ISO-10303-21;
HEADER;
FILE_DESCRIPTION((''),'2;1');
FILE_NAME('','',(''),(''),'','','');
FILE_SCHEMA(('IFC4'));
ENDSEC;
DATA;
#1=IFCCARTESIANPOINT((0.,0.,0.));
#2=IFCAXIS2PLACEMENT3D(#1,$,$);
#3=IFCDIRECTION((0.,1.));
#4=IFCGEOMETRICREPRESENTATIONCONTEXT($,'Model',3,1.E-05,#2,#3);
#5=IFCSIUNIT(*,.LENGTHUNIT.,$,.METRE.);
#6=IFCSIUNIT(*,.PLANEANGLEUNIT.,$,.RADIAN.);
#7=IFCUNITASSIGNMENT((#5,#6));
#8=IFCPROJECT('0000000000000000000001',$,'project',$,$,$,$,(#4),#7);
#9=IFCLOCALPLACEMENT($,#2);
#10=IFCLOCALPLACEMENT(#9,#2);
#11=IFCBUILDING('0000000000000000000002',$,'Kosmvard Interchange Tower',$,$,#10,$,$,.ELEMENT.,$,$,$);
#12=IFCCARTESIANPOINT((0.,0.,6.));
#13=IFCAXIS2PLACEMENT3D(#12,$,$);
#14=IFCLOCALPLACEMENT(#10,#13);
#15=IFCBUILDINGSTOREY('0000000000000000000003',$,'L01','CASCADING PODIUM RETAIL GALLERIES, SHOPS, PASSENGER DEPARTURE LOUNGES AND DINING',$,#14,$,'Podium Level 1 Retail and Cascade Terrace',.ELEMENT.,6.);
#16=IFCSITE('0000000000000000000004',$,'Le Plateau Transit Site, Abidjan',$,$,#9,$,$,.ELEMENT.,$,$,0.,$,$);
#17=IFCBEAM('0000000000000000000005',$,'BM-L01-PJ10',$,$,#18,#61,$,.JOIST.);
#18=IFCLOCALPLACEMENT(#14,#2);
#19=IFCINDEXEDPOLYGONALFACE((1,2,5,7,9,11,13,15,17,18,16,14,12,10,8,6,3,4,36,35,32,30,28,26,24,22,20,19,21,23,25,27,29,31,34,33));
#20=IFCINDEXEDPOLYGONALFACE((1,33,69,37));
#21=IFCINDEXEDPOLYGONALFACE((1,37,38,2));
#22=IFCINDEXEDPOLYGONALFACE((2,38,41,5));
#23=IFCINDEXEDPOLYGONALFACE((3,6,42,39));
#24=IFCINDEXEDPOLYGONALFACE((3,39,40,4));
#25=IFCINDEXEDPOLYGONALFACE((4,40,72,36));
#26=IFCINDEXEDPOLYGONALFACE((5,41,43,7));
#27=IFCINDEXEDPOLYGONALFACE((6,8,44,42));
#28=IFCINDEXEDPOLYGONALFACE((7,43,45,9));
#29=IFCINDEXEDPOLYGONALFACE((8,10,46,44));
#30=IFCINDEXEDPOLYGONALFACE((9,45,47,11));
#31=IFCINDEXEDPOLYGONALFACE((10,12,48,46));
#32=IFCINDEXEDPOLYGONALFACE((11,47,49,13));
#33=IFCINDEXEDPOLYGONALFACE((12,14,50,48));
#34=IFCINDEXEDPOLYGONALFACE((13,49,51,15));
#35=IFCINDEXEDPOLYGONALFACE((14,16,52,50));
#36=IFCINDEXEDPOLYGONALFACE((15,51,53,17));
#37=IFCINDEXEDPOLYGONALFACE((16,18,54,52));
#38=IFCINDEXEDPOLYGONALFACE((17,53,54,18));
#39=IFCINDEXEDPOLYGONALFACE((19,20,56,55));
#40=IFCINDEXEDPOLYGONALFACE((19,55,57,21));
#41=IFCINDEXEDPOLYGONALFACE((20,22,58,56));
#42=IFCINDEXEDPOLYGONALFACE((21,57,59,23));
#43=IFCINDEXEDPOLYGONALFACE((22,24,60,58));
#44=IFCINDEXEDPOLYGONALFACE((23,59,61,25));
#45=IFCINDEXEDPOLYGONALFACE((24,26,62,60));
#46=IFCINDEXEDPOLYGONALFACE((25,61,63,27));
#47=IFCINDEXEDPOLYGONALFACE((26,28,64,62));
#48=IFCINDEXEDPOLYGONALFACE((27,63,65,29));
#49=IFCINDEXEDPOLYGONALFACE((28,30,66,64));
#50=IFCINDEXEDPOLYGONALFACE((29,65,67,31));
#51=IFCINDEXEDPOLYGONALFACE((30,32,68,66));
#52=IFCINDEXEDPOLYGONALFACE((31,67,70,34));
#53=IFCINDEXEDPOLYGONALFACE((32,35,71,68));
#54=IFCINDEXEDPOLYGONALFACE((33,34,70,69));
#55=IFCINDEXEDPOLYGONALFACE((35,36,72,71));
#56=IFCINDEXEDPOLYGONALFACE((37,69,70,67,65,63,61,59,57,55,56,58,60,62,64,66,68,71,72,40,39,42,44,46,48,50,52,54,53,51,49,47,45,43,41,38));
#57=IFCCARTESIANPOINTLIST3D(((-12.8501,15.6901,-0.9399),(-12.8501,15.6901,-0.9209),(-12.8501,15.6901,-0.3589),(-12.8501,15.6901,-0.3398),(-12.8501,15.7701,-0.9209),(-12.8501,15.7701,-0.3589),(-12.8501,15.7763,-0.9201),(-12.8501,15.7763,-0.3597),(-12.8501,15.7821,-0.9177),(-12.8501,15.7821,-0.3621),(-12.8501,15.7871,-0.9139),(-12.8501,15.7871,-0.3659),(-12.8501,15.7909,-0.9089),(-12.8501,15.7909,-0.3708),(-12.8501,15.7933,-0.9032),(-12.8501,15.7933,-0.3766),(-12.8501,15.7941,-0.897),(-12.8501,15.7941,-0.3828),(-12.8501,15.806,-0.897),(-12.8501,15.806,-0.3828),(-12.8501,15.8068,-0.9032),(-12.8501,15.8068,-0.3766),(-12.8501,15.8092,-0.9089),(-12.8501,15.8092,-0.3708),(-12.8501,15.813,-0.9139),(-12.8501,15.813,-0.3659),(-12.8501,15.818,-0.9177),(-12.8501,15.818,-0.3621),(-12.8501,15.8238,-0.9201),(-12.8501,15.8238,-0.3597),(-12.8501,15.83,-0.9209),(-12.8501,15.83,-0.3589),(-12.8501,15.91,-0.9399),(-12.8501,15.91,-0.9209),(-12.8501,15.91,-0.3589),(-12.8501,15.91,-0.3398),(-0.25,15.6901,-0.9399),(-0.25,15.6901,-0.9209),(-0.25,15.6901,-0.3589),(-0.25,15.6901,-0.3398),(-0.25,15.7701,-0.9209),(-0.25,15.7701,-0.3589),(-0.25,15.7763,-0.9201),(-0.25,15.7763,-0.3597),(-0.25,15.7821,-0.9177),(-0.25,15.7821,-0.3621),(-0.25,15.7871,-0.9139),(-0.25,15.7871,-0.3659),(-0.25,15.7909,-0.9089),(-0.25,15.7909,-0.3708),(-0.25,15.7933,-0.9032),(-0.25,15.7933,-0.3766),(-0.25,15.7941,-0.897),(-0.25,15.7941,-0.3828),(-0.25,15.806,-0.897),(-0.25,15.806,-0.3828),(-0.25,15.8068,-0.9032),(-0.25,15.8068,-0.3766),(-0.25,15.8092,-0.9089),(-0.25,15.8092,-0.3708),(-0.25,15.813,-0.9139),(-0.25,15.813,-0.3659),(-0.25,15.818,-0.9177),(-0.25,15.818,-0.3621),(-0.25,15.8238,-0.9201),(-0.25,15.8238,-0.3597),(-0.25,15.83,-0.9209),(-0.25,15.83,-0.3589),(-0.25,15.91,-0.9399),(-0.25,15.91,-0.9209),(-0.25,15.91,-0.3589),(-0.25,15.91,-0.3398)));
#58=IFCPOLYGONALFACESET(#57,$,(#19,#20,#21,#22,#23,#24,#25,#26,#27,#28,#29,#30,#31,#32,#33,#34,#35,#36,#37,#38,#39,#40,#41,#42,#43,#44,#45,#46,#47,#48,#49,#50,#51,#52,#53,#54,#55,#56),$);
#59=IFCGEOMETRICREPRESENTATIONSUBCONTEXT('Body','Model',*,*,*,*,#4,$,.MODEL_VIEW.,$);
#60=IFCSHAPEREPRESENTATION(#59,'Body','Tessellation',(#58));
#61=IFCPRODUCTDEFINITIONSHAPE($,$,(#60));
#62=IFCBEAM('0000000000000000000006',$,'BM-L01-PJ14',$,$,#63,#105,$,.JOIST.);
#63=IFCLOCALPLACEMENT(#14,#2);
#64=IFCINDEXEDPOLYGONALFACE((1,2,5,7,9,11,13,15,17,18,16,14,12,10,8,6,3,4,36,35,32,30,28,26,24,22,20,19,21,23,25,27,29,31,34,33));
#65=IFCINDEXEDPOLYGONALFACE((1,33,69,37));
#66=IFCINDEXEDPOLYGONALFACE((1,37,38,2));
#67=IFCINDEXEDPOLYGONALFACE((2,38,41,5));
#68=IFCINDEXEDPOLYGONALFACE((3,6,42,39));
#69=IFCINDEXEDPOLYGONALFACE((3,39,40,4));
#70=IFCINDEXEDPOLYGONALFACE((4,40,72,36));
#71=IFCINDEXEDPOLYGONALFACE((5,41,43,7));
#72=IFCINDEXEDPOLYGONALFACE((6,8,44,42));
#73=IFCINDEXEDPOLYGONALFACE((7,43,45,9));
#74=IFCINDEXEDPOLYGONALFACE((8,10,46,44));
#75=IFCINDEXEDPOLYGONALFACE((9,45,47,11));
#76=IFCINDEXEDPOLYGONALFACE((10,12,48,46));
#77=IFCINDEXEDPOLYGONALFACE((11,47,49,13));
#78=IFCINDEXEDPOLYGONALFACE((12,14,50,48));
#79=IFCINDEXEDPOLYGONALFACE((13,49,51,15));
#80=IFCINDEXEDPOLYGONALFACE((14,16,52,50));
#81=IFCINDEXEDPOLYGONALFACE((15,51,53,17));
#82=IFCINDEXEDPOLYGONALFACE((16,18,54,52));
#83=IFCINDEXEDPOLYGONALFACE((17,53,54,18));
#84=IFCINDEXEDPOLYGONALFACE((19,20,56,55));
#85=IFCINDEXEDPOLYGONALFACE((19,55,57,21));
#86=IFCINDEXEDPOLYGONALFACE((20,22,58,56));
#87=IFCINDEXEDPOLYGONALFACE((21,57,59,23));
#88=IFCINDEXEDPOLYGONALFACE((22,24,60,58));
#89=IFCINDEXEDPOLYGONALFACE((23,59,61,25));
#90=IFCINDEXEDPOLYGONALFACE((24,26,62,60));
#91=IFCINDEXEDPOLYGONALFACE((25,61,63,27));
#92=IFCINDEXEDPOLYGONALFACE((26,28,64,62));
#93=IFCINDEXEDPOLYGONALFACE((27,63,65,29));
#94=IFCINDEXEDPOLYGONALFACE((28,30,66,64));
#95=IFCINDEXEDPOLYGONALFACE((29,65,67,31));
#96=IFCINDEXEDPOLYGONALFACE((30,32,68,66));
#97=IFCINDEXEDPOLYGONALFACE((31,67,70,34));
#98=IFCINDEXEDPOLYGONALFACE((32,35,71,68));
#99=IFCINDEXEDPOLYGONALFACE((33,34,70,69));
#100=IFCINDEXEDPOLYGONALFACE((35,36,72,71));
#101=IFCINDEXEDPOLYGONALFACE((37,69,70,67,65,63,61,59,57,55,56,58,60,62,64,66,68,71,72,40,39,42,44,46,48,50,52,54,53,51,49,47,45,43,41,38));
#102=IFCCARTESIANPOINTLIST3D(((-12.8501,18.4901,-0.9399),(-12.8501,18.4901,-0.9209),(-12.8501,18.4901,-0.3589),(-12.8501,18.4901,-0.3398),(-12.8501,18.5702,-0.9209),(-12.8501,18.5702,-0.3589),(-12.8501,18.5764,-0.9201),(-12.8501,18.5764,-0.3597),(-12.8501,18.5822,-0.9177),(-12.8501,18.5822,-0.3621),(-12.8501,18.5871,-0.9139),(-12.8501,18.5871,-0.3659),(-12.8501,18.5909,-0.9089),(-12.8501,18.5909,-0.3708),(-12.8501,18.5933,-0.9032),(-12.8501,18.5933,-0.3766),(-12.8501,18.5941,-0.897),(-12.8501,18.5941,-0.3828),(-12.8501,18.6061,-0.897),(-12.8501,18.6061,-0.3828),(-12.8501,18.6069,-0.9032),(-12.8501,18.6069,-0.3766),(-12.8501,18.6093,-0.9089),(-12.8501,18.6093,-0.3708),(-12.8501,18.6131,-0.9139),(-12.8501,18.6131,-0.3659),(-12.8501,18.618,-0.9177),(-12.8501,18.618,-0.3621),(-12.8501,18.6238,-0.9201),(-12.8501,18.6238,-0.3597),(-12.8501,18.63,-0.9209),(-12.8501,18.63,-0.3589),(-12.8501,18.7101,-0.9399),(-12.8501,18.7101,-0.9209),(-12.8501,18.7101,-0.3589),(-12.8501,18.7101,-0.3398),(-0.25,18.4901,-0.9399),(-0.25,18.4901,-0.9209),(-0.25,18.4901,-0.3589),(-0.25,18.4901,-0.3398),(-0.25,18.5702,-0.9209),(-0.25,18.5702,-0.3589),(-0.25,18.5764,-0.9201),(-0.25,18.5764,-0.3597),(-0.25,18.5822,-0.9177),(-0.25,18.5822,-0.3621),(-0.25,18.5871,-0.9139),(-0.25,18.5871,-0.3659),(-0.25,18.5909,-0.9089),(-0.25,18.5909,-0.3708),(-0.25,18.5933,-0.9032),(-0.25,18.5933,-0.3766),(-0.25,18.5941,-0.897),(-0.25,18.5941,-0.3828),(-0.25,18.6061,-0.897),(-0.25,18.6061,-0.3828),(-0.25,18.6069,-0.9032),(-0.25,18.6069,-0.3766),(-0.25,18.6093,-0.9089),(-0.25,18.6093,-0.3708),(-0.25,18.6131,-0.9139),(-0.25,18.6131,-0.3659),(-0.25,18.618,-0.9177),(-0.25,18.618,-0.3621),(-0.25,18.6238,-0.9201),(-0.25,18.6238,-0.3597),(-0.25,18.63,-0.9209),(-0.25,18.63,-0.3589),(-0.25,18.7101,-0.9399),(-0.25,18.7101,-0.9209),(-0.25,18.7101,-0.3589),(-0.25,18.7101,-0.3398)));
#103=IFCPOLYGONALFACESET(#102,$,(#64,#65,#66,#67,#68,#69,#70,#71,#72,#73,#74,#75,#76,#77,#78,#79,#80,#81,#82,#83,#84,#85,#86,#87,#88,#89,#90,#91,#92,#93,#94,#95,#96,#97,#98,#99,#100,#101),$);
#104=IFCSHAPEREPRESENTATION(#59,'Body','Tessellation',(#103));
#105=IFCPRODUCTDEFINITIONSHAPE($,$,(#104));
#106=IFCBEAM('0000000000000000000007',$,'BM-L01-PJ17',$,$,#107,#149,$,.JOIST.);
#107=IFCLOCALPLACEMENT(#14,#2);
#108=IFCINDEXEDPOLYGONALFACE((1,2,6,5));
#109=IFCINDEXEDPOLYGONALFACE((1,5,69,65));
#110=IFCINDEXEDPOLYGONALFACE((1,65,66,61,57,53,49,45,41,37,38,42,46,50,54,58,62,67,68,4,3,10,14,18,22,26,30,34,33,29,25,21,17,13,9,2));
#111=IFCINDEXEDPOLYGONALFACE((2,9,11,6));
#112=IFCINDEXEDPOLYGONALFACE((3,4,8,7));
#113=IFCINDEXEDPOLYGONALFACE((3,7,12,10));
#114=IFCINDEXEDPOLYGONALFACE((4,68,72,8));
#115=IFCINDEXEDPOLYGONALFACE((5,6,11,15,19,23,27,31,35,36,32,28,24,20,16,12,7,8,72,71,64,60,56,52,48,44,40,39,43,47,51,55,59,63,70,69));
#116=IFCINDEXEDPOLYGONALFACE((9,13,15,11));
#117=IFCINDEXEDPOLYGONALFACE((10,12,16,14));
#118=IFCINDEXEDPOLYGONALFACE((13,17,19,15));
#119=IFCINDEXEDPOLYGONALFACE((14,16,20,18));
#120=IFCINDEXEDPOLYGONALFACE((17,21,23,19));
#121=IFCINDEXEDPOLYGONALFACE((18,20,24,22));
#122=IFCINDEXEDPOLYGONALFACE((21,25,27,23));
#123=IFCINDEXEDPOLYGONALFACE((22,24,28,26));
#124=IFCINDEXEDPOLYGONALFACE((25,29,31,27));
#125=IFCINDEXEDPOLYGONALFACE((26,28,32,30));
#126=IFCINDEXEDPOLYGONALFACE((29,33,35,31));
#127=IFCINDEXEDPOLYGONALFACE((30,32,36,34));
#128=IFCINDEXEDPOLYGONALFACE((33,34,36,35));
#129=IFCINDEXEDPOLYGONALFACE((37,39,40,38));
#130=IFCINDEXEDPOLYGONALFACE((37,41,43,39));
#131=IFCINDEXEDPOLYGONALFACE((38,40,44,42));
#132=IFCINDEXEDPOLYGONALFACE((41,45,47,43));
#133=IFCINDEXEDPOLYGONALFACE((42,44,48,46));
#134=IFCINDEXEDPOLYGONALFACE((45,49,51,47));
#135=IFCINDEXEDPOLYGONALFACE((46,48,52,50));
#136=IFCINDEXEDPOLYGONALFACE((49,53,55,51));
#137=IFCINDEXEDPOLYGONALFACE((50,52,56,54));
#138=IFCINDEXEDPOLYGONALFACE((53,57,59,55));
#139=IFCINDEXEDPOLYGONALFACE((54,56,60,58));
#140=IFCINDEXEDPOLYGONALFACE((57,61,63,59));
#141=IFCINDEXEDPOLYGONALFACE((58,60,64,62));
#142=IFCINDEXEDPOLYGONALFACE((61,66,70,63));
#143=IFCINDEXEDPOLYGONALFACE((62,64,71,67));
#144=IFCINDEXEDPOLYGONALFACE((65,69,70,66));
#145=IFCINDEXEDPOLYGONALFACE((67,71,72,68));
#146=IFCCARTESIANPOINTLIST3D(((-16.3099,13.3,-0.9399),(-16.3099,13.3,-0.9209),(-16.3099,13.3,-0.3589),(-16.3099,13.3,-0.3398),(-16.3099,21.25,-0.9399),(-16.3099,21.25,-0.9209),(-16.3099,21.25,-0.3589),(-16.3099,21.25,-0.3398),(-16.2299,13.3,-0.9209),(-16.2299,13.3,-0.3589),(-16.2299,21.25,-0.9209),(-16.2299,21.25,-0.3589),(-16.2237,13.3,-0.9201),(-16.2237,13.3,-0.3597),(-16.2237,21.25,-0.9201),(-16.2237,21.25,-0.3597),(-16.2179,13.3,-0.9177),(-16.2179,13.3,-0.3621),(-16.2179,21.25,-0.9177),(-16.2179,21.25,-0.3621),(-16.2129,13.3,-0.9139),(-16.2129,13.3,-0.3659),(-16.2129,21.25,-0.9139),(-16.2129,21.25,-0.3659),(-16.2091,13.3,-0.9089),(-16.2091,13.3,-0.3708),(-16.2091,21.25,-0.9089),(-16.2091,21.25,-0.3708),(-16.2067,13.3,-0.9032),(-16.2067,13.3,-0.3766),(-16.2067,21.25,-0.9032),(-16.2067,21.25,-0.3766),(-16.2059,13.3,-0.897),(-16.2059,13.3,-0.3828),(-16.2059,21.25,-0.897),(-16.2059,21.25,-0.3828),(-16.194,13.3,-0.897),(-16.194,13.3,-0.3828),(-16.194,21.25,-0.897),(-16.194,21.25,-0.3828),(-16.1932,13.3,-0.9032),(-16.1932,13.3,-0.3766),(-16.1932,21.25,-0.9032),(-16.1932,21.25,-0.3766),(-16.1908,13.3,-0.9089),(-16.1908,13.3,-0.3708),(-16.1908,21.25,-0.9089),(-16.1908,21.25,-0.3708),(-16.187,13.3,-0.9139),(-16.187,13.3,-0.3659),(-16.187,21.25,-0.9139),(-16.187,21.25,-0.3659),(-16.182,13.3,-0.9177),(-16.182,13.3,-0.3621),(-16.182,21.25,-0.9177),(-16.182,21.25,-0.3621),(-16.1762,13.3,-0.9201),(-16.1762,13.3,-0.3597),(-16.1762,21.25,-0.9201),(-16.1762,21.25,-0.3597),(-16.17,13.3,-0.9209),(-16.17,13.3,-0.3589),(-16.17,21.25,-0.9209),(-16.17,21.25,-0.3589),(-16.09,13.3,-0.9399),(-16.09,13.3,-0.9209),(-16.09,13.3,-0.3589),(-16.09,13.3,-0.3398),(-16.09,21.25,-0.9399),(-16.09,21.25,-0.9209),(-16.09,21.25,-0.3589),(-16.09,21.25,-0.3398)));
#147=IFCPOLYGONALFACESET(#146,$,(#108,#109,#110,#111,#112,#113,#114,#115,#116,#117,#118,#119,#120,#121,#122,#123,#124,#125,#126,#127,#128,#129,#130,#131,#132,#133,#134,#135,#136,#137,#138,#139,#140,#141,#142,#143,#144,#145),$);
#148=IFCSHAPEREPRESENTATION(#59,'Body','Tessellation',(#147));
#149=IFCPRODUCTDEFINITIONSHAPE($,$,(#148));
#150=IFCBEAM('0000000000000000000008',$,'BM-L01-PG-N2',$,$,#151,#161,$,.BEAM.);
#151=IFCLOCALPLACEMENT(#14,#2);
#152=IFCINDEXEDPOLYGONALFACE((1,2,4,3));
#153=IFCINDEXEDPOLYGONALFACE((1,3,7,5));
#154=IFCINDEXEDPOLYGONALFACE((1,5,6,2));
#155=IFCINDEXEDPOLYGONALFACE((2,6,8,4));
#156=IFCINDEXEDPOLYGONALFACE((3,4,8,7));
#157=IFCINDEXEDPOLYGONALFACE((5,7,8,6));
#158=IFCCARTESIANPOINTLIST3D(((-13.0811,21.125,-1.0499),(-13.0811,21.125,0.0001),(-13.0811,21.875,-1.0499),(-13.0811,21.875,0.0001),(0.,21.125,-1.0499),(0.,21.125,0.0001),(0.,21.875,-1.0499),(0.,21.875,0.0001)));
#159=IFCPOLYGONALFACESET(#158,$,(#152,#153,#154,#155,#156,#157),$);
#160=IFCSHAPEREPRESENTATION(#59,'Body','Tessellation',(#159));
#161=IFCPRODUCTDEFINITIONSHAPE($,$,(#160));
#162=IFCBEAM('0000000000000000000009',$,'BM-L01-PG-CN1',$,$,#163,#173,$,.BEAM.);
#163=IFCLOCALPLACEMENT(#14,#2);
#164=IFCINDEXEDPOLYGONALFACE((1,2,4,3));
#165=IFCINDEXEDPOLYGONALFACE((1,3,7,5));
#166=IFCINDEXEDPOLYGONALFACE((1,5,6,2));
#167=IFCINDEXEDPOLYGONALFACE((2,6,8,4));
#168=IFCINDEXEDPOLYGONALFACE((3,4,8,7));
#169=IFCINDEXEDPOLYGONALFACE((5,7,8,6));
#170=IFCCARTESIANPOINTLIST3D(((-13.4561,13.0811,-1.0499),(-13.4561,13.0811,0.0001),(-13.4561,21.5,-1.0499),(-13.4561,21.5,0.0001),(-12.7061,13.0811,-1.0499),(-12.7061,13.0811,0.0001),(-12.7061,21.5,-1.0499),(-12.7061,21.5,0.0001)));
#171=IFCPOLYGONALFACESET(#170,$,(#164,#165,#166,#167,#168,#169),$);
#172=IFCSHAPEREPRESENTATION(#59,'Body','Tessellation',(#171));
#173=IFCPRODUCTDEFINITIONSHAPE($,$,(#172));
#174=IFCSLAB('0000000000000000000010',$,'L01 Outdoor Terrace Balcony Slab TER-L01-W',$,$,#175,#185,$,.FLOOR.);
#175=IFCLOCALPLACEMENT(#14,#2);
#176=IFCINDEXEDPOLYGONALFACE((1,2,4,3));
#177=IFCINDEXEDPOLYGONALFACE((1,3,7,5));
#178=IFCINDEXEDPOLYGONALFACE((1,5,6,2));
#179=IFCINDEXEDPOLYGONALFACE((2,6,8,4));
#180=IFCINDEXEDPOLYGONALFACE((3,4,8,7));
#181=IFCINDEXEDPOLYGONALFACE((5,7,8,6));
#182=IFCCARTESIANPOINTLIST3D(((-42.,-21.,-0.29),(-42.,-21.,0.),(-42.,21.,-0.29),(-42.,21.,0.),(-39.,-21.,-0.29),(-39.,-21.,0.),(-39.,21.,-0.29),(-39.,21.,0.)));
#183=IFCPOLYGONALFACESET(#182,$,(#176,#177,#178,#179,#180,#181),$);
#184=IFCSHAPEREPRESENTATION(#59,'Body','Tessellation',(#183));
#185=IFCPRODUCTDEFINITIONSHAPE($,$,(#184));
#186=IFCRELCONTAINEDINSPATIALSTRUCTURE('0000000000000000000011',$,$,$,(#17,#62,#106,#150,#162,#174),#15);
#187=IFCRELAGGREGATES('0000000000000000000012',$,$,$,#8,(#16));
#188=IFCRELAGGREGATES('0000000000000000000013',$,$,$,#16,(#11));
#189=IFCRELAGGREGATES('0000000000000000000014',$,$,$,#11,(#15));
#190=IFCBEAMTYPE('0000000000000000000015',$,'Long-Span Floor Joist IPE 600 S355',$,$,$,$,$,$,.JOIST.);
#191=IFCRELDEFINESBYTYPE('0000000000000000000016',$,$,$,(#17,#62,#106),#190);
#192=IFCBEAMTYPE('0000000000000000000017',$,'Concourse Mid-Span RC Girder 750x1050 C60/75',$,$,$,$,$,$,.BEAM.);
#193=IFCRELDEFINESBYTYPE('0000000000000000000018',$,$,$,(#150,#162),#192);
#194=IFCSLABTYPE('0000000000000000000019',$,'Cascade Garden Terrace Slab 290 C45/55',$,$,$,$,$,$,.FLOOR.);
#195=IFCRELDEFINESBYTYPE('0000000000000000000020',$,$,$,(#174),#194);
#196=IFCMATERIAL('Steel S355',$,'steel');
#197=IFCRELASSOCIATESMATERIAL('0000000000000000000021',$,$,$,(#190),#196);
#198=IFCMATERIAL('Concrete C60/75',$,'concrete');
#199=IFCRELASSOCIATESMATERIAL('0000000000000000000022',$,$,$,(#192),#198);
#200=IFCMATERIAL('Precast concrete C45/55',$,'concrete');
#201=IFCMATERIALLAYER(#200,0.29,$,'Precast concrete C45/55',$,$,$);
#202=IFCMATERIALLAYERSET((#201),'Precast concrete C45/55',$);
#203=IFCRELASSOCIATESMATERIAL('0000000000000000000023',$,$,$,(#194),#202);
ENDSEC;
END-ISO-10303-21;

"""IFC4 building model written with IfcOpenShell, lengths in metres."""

from ifc_helpers import new_model, si_unit, direction, frame, origin, origin_2d, place, context, subcontext, project, spatial, polyline, rectangle, i_section, outline, extrude, source, transform, mapped, material, layer, layer_set, material_profile, profile_set, type_object, element, save


model = new_model("IFC4")

# Units and contexts
model_context = context("Model", 3, precision=1e-05, world=origin(), true_north=direction((0.0, 1.0)))
body_context = subcontext(model_context, "Body", "Model", "MODEL_VIEW")
ifc_project = project(units=[si_unit("LENGTHUNIT", "METRE"), si_unit("PLANEANGLEUNIT", "RADIAN")], contexts=[model_context])

# Site, building, storey
site_placement = place(None, origin())
site = spatial("IfcSite", under=ifc_project, at=site_placement, Name="Le Plateau Transit Site, Abidjan", CompositionType="ELEMENT", RefElevation=0.0)
building_placement = place(site_placement, origin())
building = spatial("IfcBuilding", under=site, at=building_placement, Name="Kosmvard Interchange Tower", CompositionType="ELEMENT")
storey_placement = place(building_placement, frame((0.0, 0.0, 6.0)))
storey = spatial("IfcBuildingStorey", under=building, at=storey_placement, Name="L01", Description="CASCADING PODIUM RETAIL GALLERIES, SHOPS, PASSENGER DEPARTURE LOUNGES AND DINING", LongName="Podium Level 1 Retail and Cascade Terrace", CompositionType="ELEMENT", Elevation=6.0)

# Shared definitions
ifc_material_1 = material(Name="Concrete C60/75", Category="concrete")

# Beams
ifc_material_2 = material(Name="Steel S355", Category="steel")
ifc_material_profile_1 = material_profile(ifc_material_2, i_section(OverallWidth=0.22, OverallDepth=0.6001, WebThickness=0.012, FlangeThickness=0.019, FilletRadius=0.0239, at=origin_2d()), Name="IPE 600")
ifc_profile_set_1 = profile_set([ifc_material_profile_1], Name="Steel S355")
beam_type_1 = type_object("IfcBeamType", Name="Long-Span Floor Joist IPE 600 S355", PredefinedType="JOIST", material=ifc_profile_set_1)
shared_shape_1 = source(origin(), body_context, "Body", "SweptSolid", [
    extrude(i_section(OverallWidth=0.22, OverallDepth=0.6001, WebThickness=0.012, FlangeThickness=0.019, FilletRadius=0.0239, at=origin_2d()), origin(), (0.0, 0.0, 1.0), 12.6001),
])
for number, where, z_axis, x_axis, name in (
    (1, (-12.8501, 15.8, -0.6399), (1.0, 0.0, 0.0), (0.0, 1.0, 0.0), "BM-L01-PJ10"),
    (2, (-12.8501, 18.6001, -0.6399), (1.0, 0.0, 0.0), (0.0, 1.0, 0.0), "BM-L01-PJ14"),
):
    element("IfcBeam", number, at=place(storey_placement, frame(where, z_axis=z_axis, x_axis=x_axis)), inside=storey, type_object=beam_type_1, Name=name, PredefinedType="JOIST", context=body_context, shape_type="MappedRepresentation", body=[
        mapped(shared_shape_1, transform((0.0, 0.0, 0.0), scale=1.0)),
    ])
shared_shape_2 = source(origin(), body_context, "Body", "SweptSolid", [
    extrude(i_section(OverallWidth=0.22, OverallDepth=0.6001, WebThickness=0.012, FlangeThickness=0.019, FilletRadius=0.0239, at=origin_2d()), origin(), (0.0, 0.0, 1.0), 7.95),
])
beam_1_placement = place(storey_placement, frame((-16.2, 13.3, -0.6399), z_axis=(0.0, 1.0, 0.0), x_axis=(-1.0, 0.0, 0.0)))
element("IfcBeam", 3, at=beam_1_placement, inside=storey, type_object=beam_type_1, Name="BM-L01-PJ17", PredefinedType="JOIST", context=body_context, shape_type="MappedRepresentation", body=[
    mapped(shared_shape_2, transform((0.0, 0.0, 0.0), scale=1.0)),
])
ifc_material_profile_2 = material_profile(ifc_material_1, rectangle(XDim=0.75, YDim=1.05, at=origin_2d()), Name="RCG 750x1050")
ifc_profile_set_2 = profile_set([ifc_material_profile_2], Name="Concrete C60/75")
beam_type_2 = type_object("IfcBeamType", Name="Concourse Mid-Span RC Girder 750x1050 C60/75", PredefinedType="BEAM", material=ifc_profile_set_2)
shared_shape_3 = source(origin(), body_context, "Body", "SweptSolid", [
    extrude(rectangle(XDim=0.75, YDim=1.05, at=origin_2d()), origin(), (0.0, 0.0, 1.0), 13.0811),
])
beam_2_placement = place(storey_placement, frame((-13.0811, 21.5, -0.5249), z_axis=(1.0, 0.0, 0.0), x_axis=(0.0, 1.0, 0.0)))
element("IfcBeam", 4, at=beam_2_placement, inside=storey, type_object=beam_type_2, Name="BM-L01-PG-N2", PredefinedType="BEAM", context=body_context, shape_type="MappedRepresentation", body=[
    mapped(shared_shape_3, transform((0.0, 0.0, 0.0), scale=1.0)),
])
shared_shape_4 = source(origin(), body_context, "Body", "SweptSolid", [
    extrude(rectangle(XDim=0.75, YDim=1.05, at=origin_2d()), origin(), (0.0, 0.0, 1.0), 8.4189),
])
beam_3_placement = place(storey_placement, frame((-13.0811, 21.5, -0.5249), z_axis=(0.0, -1.0, 0.0), x_axis=(1.0, 0.0, 0.0)))
element("IfcBeam", 5, at=beam_3_placement, inside=storey, type_object=beam_type_2, Name="BM-L01-PG-CN1", PredefinedType="BEAM", context=body_context, shape_type="MappedRepresentation", body=[
    mapped(shared_shape_4, transform((0.0, 0.0, 0.0), scale=1.0)),
])

# Slab
ifc_material_3 = material(Name="Precast concrete C45/55", Category="concrete")
ifc_layer_1 = layer(ifc_material_3, 0.29, Name="Precast concrete C45/55")
ifc_layer_set_1 = layer_set([ifc_layer_1], Name="Precast concrete C45/55")
slab_type_1 = type_object("IfcSlabType", Name="Cascade Garden Terrace Slab 290 C45/55", PredefinedType="FLOOR", material=ifc_layer_set_1)
slab_1_placement = place(storey_placement, frame((0.0, 0.0, -0.29)))
element("IfcSlab", 6, at=slab_1_placement, inside=storey, type_object=slab_type_1, Name="L01 Outdoor Terrace Balcony Slab TER-L01-W", PredefinedType="FLOOR", context=body_context, shape_type="SweptSolid", body=[
    extrude(outline(polyline([(-42.0, -21.0), (-39.0, -21.0), (-39.0, 21.0), (-42.0, 21.0), (-42.0, -21.0)])), origin(), (0.0, 0.0, 1.0), 0.29),
])

save(model, "model.ifc")
